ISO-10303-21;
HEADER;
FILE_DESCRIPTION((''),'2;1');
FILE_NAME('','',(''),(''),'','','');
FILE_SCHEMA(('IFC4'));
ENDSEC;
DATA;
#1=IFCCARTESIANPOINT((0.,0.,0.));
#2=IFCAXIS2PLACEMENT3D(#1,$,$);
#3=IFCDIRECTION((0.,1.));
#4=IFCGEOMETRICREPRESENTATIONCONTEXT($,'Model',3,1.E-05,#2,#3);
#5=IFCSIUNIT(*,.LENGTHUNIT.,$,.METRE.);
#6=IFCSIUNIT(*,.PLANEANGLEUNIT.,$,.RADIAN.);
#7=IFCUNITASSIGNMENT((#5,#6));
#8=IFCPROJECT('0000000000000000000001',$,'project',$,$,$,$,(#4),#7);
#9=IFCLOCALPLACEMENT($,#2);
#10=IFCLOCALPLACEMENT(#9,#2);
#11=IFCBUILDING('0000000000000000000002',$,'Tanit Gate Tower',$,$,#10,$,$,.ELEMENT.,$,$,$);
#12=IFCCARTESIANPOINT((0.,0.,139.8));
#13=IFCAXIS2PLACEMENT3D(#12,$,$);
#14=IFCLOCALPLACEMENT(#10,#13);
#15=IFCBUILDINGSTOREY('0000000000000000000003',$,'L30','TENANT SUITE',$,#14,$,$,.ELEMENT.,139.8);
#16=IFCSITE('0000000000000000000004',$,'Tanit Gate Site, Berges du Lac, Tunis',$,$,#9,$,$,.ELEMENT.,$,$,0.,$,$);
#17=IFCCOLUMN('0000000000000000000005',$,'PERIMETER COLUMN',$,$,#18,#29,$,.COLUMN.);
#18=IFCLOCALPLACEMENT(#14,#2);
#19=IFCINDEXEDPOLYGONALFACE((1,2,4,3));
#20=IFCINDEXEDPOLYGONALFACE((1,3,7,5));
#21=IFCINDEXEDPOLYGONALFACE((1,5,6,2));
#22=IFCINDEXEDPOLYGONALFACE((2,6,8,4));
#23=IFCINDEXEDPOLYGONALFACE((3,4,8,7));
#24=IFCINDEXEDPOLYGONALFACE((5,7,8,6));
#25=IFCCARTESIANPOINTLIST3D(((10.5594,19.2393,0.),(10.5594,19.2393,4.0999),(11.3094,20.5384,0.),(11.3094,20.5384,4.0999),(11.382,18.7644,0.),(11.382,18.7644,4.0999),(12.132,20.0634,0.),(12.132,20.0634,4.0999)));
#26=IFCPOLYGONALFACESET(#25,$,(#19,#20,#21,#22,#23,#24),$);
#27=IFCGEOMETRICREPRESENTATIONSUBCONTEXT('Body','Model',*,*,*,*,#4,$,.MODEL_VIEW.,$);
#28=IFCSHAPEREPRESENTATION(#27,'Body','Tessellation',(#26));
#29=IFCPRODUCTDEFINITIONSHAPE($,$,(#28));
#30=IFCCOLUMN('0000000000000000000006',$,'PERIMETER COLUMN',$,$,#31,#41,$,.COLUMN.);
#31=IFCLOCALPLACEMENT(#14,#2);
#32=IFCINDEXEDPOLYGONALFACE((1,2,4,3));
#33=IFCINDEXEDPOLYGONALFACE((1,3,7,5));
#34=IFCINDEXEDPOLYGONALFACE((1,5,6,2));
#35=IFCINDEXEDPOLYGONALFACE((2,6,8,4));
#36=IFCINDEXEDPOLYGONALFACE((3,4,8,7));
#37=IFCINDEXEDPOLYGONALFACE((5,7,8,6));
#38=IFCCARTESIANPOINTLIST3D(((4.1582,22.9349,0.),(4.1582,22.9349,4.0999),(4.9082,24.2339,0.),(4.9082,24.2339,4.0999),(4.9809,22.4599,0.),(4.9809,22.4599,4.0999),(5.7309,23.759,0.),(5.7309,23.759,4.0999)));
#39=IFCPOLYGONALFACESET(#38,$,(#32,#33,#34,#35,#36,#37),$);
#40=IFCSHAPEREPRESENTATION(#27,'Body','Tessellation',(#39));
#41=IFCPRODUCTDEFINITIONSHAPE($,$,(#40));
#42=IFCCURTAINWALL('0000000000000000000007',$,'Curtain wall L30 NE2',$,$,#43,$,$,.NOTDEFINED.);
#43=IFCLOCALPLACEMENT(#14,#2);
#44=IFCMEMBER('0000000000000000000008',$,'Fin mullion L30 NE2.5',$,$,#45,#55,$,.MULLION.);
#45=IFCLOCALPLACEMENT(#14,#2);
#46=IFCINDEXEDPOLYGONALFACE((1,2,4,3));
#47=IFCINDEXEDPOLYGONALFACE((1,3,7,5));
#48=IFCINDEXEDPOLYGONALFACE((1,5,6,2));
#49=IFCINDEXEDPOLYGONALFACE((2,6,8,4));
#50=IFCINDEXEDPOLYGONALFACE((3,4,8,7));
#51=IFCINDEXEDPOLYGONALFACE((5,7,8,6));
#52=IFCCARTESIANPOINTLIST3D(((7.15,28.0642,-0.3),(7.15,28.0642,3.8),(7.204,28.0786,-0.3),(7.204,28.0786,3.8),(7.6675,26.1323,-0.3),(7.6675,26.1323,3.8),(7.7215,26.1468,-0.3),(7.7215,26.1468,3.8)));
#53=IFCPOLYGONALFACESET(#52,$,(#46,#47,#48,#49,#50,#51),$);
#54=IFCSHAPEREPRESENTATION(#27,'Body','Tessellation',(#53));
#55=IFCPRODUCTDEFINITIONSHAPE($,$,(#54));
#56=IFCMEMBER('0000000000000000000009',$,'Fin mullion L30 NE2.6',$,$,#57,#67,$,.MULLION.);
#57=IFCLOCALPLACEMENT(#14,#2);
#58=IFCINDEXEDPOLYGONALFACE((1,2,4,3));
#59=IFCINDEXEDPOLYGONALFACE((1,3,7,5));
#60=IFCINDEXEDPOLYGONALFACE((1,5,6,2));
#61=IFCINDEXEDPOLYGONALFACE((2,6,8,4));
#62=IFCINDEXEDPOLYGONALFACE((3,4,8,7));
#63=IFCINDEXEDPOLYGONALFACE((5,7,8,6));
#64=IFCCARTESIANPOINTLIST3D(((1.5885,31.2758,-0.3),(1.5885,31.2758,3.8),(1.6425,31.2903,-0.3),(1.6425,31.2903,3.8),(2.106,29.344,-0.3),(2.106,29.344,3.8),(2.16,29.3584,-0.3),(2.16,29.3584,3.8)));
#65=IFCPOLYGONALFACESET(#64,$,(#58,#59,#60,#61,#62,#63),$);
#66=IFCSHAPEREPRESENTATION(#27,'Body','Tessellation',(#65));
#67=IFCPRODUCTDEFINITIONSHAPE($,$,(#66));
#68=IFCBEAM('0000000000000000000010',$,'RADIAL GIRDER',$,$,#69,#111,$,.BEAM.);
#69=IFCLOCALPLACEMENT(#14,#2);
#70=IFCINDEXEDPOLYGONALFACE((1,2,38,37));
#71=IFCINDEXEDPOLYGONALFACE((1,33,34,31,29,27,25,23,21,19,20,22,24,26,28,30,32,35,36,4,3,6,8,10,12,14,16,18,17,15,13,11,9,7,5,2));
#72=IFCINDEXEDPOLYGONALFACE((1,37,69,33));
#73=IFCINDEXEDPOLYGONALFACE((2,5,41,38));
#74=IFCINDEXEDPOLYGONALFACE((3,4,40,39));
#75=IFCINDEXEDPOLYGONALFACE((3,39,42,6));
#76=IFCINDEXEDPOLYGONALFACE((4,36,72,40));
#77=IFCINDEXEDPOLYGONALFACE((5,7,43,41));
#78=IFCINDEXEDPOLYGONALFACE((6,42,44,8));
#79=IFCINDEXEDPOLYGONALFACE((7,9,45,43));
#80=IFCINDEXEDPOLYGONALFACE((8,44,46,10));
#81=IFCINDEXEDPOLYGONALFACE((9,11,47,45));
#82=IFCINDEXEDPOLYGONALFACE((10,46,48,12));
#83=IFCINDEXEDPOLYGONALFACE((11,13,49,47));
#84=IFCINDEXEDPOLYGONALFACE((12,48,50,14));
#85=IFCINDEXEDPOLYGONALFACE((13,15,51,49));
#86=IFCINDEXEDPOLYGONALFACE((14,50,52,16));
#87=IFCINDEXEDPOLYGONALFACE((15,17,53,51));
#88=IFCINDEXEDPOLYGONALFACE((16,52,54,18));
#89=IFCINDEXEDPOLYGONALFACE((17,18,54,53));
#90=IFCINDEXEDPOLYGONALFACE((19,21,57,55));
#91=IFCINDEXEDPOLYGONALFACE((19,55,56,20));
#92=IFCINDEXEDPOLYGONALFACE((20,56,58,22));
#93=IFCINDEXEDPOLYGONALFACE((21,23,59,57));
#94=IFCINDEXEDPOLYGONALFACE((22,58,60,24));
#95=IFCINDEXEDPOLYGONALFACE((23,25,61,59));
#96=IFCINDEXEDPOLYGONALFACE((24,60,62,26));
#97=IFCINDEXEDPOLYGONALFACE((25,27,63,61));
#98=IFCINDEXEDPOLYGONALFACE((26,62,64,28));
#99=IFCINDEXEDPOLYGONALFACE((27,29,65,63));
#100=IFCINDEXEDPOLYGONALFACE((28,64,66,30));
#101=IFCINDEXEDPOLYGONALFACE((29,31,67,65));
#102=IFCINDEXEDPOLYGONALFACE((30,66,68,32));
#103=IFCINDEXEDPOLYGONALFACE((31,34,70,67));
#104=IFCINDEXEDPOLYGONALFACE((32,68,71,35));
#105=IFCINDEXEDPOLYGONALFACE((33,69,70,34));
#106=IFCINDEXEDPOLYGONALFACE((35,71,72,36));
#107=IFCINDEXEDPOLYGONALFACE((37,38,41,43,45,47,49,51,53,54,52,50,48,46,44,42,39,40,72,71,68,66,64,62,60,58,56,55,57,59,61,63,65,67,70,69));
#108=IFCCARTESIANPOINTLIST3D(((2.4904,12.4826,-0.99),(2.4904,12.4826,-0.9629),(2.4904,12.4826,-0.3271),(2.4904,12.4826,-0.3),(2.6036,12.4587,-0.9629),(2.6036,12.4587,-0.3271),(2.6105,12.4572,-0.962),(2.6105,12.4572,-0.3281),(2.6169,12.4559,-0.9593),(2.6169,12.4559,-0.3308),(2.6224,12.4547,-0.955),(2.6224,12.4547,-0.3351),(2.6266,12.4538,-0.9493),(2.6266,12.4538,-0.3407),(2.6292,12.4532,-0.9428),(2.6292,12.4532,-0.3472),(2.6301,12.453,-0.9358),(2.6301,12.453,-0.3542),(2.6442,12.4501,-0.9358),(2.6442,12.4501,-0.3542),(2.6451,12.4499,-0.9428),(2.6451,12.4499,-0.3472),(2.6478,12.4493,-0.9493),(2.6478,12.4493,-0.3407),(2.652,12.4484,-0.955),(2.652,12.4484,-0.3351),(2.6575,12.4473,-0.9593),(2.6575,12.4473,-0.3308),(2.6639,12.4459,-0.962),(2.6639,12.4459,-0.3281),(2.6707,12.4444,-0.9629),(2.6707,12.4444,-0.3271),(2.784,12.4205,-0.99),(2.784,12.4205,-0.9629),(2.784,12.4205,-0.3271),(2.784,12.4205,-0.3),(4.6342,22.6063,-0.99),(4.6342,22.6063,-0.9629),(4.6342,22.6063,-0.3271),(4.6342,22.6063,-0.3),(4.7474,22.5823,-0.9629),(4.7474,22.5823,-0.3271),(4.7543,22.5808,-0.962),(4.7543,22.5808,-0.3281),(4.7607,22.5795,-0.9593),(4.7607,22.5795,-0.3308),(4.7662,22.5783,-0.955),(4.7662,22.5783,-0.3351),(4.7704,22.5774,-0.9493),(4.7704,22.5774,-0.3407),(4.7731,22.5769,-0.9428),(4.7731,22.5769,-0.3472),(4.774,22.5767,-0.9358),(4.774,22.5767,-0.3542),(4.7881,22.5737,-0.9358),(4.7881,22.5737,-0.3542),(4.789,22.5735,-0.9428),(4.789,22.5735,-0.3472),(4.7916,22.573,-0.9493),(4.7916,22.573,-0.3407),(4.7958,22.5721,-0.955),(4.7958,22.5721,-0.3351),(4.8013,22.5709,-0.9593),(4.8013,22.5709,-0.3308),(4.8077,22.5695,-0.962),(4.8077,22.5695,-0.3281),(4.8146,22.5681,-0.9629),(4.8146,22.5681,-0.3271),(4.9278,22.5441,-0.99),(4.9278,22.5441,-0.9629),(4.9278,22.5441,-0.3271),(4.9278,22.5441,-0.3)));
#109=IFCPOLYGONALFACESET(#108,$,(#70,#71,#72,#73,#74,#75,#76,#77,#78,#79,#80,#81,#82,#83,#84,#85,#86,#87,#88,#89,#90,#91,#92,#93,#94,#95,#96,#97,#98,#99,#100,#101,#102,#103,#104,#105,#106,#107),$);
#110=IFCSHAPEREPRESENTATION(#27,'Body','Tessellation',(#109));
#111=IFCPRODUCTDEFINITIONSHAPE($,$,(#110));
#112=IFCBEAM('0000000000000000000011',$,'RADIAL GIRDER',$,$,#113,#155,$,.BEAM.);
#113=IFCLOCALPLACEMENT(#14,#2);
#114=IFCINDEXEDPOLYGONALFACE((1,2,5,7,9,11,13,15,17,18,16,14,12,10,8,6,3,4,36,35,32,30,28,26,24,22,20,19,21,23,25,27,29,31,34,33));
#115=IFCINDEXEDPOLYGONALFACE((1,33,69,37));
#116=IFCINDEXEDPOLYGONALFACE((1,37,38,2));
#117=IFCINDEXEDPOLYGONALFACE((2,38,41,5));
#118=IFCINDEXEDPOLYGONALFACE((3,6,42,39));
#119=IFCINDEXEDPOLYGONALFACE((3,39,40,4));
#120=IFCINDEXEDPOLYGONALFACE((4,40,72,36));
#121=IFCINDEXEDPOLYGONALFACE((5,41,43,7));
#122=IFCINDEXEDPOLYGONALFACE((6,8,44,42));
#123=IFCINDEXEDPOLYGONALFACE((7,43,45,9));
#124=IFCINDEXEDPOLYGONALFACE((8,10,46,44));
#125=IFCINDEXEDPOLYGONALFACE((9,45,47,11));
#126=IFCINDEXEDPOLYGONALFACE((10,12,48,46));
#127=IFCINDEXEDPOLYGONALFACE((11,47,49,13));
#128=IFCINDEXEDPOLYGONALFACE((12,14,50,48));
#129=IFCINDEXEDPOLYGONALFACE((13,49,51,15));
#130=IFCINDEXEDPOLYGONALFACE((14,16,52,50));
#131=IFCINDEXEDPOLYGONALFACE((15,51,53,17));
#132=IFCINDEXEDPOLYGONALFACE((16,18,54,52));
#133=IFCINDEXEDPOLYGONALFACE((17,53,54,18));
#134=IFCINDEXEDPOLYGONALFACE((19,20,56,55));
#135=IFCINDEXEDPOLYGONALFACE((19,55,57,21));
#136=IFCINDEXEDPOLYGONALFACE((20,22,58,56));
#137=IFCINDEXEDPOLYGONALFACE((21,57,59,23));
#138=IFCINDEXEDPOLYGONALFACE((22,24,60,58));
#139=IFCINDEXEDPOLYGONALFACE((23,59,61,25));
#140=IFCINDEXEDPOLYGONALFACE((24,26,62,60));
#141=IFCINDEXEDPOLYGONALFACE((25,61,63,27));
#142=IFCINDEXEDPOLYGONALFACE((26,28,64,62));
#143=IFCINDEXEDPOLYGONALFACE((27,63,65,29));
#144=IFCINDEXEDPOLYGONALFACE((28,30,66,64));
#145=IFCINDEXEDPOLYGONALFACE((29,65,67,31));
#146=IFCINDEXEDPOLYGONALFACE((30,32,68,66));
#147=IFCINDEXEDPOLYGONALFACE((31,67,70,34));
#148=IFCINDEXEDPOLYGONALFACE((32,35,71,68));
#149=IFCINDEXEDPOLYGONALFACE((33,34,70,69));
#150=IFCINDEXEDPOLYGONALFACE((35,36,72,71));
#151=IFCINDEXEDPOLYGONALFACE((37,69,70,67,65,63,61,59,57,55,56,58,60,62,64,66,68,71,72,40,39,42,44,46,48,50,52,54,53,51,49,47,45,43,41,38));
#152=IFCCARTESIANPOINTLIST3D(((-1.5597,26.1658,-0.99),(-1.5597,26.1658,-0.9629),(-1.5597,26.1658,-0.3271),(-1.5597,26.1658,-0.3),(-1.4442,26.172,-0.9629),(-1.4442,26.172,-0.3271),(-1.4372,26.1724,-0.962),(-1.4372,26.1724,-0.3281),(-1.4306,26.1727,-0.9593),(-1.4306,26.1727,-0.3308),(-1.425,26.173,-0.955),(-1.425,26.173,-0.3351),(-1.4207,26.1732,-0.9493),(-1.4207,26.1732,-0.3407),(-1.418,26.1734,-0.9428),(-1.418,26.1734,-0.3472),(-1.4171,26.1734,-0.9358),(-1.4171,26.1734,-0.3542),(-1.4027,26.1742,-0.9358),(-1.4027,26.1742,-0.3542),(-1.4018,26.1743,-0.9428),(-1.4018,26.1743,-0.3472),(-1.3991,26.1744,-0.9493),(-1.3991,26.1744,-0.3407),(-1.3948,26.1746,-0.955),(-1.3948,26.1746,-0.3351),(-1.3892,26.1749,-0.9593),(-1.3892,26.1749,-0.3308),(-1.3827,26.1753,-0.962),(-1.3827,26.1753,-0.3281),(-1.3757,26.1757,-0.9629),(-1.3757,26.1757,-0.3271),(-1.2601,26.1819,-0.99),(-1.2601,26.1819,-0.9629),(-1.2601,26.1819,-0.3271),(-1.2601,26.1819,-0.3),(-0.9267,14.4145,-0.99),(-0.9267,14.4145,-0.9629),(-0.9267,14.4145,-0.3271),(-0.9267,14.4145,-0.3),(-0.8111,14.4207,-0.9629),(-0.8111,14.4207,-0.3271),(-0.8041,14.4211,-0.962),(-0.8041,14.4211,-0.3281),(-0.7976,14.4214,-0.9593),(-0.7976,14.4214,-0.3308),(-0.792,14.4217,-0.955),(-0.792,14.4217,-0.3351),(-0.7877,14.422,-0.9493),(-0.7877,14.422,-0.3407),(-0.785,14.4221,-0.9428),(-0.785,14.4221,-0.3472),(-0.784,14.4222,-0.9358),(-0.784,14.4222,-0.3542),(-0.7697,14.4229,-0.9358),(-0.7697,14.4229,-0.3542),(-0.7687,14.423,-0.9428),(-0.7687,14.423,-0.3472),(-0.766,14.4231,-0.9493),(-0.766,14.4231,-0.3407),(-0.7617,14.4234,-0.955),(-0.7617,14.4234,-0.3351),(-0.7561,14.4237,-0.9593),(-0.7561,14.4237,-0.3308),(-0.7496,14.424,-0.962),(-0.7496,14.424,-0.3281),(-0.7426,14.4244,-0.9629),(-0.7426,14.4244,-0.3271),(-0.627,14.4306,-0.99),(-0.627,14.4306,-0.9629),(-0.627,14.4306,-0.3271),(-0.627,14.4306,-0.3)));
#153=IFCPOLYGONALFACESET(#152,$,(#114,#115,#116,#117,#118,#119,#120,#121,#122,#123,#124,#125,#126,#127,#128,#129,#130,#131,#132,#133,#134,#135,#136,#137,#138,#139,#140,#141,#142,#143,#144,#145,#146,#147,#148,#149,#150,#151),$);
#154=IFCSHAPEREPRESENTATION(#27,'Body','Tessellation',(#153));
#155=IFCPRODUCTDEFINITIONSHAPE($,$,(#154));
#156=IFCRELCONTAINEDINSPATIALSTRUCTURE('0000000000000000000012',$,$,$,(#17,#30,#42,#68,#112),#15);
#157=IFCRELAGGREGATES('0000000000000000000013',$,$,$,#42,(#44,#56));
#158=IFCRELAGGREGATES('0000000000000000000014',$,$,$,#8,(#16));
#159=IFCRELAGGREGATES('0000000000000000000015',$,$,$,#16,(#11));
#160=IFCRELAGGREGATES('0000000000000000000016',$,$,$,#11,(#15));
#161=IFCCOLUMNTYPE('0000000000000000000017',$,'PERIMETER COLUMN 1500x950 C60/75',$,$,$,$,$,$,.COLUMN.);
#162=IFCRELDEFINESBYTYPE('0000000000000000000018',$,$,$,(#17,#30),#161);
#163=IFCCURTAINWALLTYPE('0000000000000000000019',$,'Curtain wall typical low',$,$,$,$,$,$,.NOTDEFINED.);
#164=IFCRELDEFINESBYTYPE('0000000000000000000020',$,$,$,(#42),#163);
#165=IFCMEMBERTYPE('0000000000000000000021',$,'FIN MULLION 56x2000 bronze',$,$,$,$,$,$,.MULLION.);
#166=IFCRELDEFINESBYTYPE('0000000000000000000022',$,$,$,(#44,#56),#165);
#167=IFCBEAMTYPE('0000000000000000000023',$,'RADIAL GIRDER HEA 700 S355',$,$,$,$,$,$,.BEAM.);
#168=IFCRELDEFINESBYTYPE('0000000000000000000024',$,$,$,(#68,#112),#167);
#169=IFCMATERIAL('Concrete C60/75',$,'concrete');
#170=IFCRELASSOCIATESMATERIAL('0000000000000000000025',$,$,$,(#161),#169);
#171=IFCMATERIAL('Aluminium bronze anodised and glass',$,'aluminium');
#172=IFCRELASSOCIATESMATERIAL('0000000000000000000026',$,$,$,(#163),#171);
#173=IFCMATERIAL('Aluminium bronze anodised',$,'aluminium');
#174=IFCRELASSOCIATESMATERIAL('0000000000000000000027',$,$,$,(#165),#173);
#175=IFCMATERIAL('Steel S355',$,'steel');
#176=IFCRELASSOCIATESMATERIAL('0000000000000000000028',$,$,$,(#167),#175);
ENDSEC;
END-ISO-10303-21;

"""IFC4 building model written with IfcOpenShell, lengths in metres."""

from ifc_helpers import new_model, si_unit, direction, frame, origin, origin_2d, place, context, subcontext, project, spatial, rectangle, i_section, extrude, material, material_profile, profile_set, type_object, element, aggregate, save


model = new_model("IFC4")

# Units and contexts
model_context = context("Model", 3, precision=1e-05, world=origin(), true_north=direction((0.0, 1.0)))
body_context = subcontext(model_context, "Body", "Model", "MODEL_VIEW")
ifc_project = project(units=[si_unit("LENGTHUNIT", "METRE"), si_unit("PLANEANGLEUNIT", "RADIAN")], contexts=[model_context])

# Site, building, storey
site_placement = place(None, origin())
site = spatial("IfcSite", under=ifc_project, at=site_placement, Name="Tanit Gate Site, Berges du Lac, Tunis", CompositionType="ELEMENT", RefElevation=0.0)
building_placement = place(site_placement, origin())
building = spatial("IfcBuilding", under=site, at=building_placement, Name="Tanit Gate Tower", CompositionType="ELEMENT")
storey_placement = place(building_placement, frame((0.0, 0.0, 139.8)))
storey = spatial("IfcBuildingStorey", under=building, at=storey_placement, Name="L30", Description="TENANT SUITE", CompositionType="ELEMENT", Elevation=139.8)

# Columns
ifc_material_1 = material(Name="Concrete C60/75", Category="concrete")
ifc_material_profile_1 = material_profile(ifc_material_1, rectangle(XDim=1.5, YDim=0.95, at=origin_2d()), Name="RC 1500x950")
ifc_profile_set_1 = profile_set([ifc_material_profile_1], Name="Concrete C60/75")
column_type = type_object("IfcColumnType", Name="PERIMETER COLUMN 1500x950 C60/75", PredefinedType="COLUMN", material=ifc_profile_set_1)
for number, where, z_axis, x_axis, name in (
    (1, (11.3457, 19.6514, 0.0), (0.0, 0.0, 1.0), (0.5, 0.866025, 0.0), "PERIMETER COLUMN"),
    (2, (4.9446, 23.3469, 0.0), (0.0, 0.0, 1.0), (0.5, 0.866025, 0.0), "PERIMETER COLUMN"),
):
    element("IfcColumn", number, at=place(storey_placement, frame(where, z_axis=z_axis, x_axis=x_axis)), inside=storey, type_object=column_type, Name=name, PredefinedType="COLUMN", context=body_context, shape_type="SweptSolid", body=[
        extrude(rectangle(XDim=1.5, YDim=0.95, at=origin_2d()), origin(), (0.0, 0.0, 1.0), 4.0999),
    ])

# Curtain wall, members
ifc_material_2 = material(Name="Aluminium bronze anodised and glass", Category="aluminium")
curtain_wall_type = type_object("IfcCurtainWallType", Name="Curtain wall typical low", PredefinedType="NOTDEFINED", material=ifc_material_2)
curtain_wall_placement = place(storey_placement, origin())
curtain_wall = element("IfcCurtainWall", 3, at=curtain_wall_placement, inside=storey, type_object=curtain_wall_type, Name="Curtain wall L30 NE2", PredefinedType="NOTDEFINED")
ifc_material_3 = material(Name="Aluminium bronze anodised", Category="aluminium")
ifc_material_profile_2 = material_profile(ifc_material_3, rectangle(XDim=2.0, YDim=0.0559, at=origin_2d()), Name="56x2000 bronze fin mullion")
ifc_profile_set_2 = profile_set([ifc_material_profile_2], Name="Aluminium bronze anodised")
member_type_1 = type_object("IfcMemberType", Name="FIN MULLION 56x2000 bronze", PredefinedType="MULLION", material=ifc_profile_set_2)
member_1_placement = place(storey_placement, frame((7.4358, 27.1055, -0.3), z_axis=(0.0, 0.0, 1.0), x_axis=(0.258752, -0.965944, 0.0)))
member_1 = element("IfcMember", 4, at=member_1_placement, type_object=member_type_1, Name="Fin mullion L30 NE2.5", PredefinedType="MULLION", context=body_context, shape_type="SweptSolid", body=[
    extrude(rectangle(XDim=2.0, YDim=0.0559, at=origin_2d()), origin(), (0.0, 0.0, 1.0), 4.1001),
])
member_2_placement = place(storey_placement, frame((1.8743, 30.3171, -0.3), z_axis=(0.0, 0.0, 1.0), x_axis=(0.258752, -0.965944, 0.0)))
member_2 = element("IfcMember", 5, at=member_2_placement, type_object=member_type_1, Name="Fin mullion L30 NE2.6", PredefinedType="MULLION", context=body_context, shape_type="SweptSolid", body=[
    extrude(rectangle(XDim=2.0, YDim=0.0559, at=origin_2d()), origin(), (0.0, 0.0, 1.0), 4.1001),
])

# Beams
ifc_material_4 = material(Name="Steel S355", Category="steel")
ifc_material_profile_3 = material_profile(ifc_material_4, i_section(OverallWidth=0.3, OverallDepth=0.6899, WebThickness=0.0144, FlangeThickness=0.0271, FilletRadius=0.0271, at=origin_2d()), Name="HEA 700")
ifc_profile_set_3 = profile_set([ifc_material_profile_3], Name="Steel S355")
beam_type_1 = type_object("IfcBeamType", Name="RADIAL GIRDER HEA 700 S355", PredefinedType="BEAM", material=ifc_profile_set_3)
beam_1_placement = place(storey_placement, frame((4.781, 22.5752, -0.645), z_axis=(-0.20717, -0.978305, 0.0), x_axis=(0.978305, -0.20717, 0.0)))
element("IfcBeam", 6, at=beam_1_placement, inside=storey, type_object=beam_type_1, Name="RADIAL GIRDER", PredefinedType="BEAM", context=body_context, shape_type="SweptSolid", body=[
    extrude(i_section(OverallWidth=0.3, OverallDepth=0.6899, WebThickness=0.0144, FlangeThickness=0.0271, FilletRadius=0.0271, at=origin_2d()), origin(), (0.0, 0.0, 1.0), 10.3481),
])
beam_2_placement = place(storey_placement, frame((-1.4099, 26.1738, -0.645), z_axis=(0.053794, -0.998552, 0.0), x_axis=(0.998552, 0.053794, 0.0)))
element("IfcBeam", 7, at=beam_2_placement, inside=storey, type_object=beam_type_1, Name="RADIAL GIRDER", PredefinedType="BEAM", context=body_context, shape_type="SweptSolid", body=[
    extrude(i_section(OverallWidth=0.3, OverallDepth=0.6899, WebThickness=0.0144, FlangeThickness=0.0271, FilletRadius=0.0271, at=origin_2d()), origin(), (0.0, 0.0, 1.0), 11.7683),
])

aggregate(curtain_wall, [member_1, member_2])

save(model, "model.ifc")
